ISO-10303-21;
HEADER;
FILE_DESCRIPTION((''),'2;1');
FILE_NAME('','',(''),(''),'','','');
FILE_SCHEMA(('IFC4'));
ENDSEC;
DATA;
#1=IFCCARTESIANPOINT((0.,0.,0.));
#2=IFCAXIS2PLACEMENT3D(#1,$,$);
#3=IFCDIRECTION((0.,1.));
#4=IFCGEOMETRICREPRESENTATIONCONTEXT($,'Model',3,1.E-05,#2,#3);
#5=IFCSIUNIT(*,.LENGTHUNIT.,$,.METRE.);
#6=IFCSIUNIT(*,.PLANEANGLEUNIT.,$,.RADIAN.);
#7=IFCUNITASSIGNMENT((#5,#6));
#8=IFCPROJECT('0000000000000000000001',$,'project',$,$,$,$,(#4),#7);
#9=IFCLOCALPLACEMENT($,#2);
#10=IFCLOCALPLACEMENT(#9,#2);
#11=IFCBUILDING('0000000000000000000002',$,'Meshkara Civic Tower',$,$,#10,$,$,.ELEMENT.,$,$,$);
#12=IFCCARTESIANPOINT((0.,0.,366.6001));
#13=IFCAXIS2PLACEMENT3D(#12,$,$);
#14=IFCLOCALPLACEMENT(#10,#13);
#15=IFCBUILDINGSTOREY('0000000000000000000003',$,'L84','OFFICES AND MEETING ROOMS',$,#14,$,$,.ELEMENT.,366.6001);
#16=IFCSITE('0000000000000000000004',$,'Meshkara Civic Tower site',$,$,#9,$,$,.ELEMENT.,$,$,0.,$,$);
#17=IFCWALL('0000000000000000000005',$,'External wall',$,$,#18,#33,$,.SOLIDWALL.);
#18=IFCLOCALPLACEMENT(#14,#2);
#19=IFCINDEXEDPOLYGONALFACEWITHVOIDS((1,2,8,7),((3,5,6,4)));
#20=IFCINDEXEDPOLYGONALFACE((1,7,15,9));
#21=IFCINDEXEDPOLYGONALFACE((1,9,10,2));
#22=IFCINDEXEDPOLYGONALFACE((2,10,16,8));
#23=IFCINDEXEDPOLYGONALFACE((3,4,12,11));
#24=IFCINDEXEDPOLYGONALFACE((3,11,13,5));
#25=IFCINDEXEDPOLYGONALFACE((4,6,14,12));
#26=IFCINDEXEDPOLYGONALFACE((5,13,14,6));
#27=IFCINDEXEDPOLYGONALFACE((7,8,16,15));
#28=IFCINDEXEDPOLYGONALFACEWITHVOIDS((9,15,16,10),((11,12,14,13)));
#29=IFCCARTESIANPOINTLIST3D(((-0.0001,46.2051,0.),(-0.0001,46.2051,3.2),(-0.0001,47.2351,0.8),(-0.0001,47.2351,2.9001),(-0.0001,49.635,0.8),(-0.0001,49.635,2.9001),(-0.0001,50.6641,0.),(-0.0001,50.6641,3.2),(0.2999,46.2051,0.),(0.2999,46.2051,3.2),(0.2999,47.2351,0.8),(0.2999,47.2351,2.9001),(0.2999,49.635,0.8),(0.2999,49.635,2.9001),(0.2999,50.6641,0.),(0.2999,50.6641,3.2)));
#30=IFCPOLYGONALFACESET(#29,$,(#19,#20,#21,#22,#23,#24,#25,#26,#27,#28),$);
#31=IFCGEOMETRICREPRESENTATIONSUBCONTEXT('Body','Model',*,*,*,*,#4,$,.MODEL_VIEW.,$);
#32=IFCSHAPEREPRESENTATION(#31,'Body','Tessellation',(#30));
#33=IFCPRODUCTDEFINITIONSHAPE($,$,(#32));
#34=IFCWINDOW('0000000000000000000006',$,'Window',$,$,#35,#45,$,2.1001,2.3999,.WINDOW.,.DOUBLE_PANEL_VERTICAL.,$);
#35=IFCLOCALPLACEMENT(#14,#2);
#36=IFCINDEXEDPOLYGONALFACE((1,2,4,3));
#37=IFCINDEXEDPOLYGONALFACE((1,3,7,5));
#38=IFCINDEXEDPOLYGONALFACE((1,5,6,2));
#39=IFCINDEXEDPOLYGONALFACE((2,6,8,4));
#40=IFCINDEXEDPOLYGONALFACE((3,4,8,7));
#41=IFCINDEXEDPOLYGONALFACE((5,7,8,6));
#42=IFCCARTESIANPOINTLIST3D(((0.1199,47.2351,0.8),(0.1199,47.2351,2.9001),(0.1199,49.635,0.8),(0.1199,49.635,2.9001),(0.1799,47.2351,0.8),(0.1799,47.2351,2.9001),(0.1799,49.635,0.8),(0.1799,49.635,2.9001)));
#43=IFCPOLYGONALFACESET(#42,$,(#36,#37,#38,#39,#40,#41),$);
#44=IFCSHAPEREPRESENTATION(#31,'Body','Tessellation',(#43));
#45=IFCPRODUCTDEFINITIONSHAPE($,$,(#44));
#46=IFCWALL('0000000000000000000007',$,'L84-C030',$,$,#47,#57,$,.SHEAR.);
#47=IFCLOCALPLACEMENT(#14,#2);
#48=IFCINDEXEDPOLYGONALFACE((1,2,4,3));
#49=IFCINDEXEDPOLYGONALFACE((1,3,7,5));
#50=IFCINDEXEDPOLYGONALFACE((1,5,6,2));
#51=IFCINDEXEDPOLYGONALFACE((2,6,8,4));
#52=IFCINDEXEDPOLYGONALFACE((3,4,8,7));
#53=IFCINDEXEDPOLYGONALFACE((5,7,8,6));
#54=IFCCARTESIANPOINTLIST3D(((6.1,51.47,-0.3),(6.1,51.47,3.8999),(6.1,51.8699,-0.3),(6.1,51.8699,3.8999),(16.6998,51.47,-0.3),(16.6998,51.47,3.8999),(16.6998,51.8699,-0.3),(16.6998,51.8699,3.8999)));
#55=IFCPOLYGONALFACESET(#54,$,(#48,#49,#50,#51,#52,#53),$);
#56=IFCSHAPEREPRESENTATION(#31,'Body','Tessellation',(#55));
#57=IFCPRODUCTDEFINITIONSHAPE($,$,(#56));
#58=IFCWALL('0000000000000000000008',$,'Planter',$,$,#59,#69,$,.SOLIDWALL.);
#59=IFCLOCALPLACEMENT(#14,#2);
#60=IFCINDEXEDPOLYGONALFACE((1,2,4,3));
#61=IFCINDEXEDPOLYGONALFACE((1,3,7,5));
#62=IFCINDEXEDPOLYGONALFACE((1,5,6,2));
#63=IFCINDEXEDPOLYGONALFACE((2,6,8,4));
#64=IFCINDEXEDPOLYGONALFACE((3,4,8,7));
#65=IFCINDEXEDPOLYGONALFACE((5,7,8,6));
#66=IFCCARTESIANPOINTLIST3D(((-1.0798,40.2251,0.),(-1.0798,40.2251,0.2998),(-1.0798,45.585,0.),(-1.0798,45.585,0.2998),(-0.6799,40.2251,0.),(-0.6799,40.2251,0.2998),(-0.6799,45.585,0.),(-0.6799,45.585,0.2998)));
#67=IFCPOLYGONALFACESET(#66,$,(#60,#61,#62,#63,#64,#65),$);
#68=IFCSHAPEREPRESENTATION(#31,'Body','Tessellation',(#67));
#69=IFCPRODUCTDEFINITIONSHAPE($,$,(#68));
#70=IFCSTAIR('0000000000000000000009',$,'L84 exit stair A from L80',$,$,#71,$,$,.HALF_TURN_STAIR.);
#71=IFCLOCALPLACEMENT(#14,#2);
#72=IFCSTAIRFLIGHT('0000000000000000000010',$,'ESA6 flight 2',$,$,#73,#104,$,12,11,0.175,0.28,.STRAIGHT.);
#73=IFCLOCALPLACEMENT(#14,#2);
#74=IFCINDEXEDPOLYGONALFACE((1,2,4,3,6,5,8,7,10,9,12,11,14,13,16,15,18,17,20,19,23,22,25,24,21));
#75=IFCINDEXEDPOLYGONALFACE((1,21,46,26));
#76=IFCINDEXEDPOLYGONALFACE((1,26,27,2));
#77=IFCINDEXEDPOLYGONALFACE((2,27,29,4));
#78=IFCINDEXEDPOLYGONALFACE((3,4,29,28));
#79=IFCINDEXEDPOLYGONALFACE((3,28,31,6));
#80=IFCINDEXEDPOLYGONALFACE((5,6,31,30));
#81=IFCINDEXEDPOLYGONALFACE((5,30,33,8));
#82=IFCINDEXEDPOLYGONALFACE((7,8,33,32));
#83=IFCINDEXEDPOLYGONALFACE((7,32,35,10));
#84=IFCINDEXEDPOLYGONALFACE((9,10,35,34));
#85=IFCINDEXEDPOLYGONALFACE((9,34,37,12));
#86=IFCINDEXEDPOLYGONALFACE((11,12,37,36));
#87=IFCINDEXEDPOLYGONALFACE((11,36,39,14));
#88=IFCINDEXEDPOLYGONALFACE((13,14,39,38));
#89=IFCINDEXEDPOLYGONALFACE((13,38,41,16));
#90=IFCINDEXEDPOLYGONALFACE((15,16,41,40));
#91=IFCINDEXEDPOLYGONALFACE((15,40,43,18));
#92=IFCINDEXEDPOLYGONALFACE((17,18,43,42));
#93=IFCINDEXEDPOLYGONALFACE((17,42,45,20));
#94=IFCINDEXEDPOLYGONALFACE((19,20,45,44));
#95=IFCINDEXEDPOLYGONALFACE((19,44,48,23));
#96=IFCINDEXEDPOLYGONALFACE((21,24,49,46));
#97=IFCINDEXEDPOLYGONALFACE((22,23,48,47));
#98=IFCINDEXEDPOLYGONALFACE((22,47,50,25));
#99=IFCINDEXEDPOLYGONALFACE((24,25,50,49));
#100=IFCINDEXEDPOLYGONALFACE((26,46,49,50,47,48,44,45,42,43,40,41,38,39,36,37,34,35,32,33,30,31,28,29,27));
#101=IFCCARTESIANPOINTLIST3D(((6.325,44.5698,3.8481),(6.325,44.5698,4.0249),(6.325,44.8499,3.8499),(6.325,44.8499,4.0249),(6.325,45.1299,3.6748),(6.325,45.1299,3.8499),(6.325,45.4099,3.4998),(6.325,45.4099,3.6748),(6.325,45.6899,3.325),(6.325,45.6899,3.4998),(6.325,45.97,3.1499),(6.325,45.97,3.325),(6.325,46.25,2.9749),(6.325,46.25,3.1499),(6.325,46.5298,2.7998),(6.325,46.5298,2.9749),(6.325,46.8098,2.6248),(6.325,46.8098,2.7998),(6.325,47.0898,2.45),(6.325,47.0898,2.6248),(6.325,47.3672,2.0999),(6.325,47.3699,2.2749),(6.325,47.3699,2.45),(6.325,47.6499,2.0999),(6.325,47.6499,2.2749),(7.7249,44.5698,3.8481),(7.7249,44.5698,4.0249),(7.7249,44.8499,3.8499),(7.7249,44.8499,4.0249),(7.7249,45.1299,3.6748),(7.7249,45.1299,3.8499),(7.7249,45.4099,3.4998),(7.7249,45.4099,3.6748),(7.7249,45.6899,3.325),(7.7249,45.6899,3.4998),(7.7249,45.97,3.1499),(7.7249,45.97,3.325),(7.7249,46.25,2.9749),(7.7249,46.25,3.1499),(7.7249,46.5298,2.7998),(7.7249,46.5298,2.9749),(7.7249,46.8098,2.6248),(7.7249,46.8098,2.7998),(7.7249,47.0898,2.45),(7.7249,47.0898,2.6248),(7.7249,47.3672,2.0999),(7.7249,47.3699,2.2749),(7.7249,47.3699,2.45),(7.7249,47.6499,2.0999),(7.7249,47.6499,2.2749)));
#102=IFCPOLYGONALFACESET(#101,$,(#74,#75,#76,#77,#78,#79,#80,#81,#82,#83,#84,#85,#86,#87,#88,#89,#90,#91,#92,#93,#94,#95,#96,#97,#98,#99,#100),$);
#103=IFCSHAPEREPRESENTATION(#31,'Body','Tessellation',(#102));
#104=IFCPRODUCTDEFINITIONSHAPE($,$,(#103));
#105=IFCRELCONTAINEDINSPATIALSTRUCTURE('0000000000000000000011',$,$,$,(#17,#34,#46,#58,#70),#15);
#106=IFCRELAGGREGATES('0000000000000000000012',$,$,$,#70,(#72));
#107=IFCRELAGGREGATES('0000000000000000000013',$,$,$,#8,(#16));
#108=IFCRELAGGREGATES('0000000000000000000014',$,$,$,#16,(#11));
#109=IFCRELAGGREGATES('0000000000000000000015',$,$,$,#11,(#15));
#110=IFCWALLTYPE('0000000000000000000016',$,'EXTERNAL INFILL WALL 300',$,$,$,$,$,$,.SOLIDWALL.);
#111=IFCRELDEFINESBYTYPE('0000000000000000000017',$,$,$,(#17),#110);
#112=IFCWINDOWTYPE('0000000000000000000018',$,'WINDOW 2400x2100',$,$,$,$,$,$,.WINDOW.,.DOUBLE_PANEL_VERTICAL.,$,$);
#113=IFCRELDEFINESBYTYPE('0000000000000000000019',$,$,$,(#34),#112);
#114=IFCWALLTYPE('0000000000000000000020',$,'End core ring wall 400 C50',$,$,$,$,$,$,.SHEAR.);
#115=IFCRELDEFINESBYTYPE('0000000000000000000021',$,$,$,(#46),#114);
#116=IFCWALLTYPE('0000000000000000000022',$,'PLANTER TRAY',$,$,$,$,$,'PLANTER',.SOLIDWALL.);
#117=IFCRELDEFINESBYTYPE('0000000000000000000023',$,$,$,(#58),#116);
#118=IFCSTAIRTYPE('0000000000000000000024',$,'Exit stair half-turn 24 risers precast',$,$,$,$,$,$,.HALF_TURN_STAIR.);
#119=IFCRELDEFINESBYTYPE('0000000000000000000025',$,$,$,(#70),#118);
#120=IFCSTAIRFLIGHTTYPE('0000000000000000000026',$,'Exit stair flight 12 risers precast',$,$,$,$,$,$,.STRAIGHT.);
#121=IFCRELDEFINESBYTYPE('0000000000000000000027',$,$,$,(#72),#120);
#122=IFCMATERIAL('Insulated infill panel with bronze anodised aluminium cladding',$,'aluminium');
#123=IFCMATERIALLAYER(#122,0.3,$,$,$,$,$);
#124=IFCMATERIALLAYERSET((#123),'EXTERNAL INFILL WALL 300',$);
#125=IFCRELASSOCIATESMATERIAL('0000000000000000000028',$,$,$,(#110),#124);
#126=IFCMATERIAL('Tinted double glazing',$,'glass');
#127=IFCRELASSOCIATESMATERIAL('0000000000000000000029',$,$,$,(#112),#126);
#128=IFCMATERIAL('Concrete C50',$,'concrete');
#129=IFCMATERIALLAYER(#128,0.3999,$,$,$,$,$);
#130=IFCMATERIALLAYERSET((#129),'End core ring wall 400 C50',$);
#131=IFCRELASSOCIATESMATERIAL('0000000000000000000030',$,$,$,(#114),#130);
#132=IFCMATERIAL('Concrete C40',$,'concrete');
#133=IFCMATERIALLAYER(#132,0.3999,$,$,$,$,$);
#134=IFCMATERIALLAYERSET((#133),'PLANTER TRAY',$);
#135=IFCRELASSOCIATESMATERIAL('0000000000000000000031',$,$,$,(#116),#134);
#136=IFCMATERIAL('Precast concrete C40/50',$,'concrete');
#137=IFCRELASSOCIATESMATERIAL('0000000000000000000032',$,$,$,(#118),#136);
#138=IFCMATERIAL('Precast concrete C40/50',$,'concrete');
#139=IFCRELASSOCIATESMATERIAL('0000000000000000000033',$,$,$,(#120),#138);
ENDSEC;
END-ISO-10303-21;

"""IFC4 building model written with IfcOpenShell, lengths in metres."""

from ifc_helpers import new_model, si_unit, direction, frame, frame_2d, origin, place, context, subcontext, project, spatial, polyline, rectangle, outline, extrude, material, layer, layer_set, type_object, element, fill, aggregate, save


model = new_model("IFC4")

# Units and contexts
model_context = context("Model", 3, precision=1e-05, world=origin(), true_north=direction((0.0, 1.0)))
body_context = subcontext(model_context, "Body", "Model", "MODEL_VIEW")
ifc_project = project(units=[si_unit("LENGTHUNIT", "METRE"), si_unit("PLANEANGLEUNIT", "RADIAN")], contexts=[model_context])

# Site, building, storey
site_placement = place(None, origin())
site = spatial("IfcSite", under=ifc_project, at=site_placement, Name="Meshkara Civic Tower site", CompositionType="ELEMENT", RefElevation=0.0)
building_placement = place(site_placement, origin())
building = spatial("IfcBuilding", under=site, at=building_placement, Name="Meshkara Civic Tower", CompositionType="ELEMENT")
storey_placement = place(building_placement, frame((0.0, 0.0, 366.6001)))
storey = spatial("IfcBuildingStorey", under=building, at=storey_placement, Name="L84", Description="OFFICES AND MEETING ROOMS", CompositionType="ELEMENT", Elevation=366.6001)

# Wall, opening, window
ifc_material_1 = material(Name="Insulated infill panel with bronze anodised aluminium cladding", Category="aluminium")
ifc_layer_1 = layer(ifc_material_1, 0.3)
ifc_layer_set_1 = layer_set([ifc_layer_1], Name="EXTERNAL INFILL WALL 300")
wall_type_1 = type_object("IfcWallType", Name="EXTERNAL INFILL WALL 300", PredefinedType="SOLIDWALL", material=ifc_layer_set_1)
ifc_material_2 = material(Name="Tinted double glazing", Category="glass")
window_type = type_object("IfcWindowType", Name="WINDOW 2400x2100", PartitioningType="DOUBLE_PANEL_VERTICAL", PredefinedType="WINDOW", material=ifc_material_2)
wall_1_placement = place(storey_placement, frame((0.1499, 50.6641, 0.0), z_axis=(0.0, 0.0, 1.0), x_axis=(0.0, -1.0, 0.0)))
wall_1 = element("IfcWall", 1, at=wall_1_placement, inside=storey, type_object=wall_type_1, Name="External wall", PredefinedType="SOLIDWALL", context=body_context, shape_type="SweptSolid", body=[
    extrude(rectangle(XDim=4.459, YDim=0.3, at=frame_2d((2.2295, 0.0))), origin(), (0.0, 0.0, 1.0), 3.2),
])
opening_1_placement = place(wall_1_placement, frame((1.0291, 0.0, 0.8)))
opening_1 = element("IfcOpeningElement", 2, at=opening_1_placement, cuts=wall_1, PredefinedType="OPENING", context=body_context, shape_type="SweptSolid", body=[
    extrude(rectangle(XDim=2.3999, YDim=2.1001, at=frame_2d((1.2, 1.05))), frame((0.0, 0.1599, 0.0), z_axis=(0.0, -1.0, 0.0), x_axis=(1.0, 0.0, 0.0)), (0.0, 0.0, 1.0), 0.3201),
])
window_1_placement = place(opening_1_placement, origin())
window_1 = element("IfcWindow", 3, at=window_1_placement, inside=storey, type_object=window_type, Name="Window", OverallHeight=2.1001, OverallWidth=2.3999, PartitioningType="DOUBLE_PANEL_VERTICAL", PredefinedType="WINDOW", context=body_context, shape_type="SweptSolid", body=[
    extrude(rectangle(XDim=2.3999, YDim=2.1001, at=frame_2d((1.2, 1.05))), frame((0.0, 0.03, 0.0), z_axis=(0.0, -1.0, 0.0), x_axis=(1.0, 0.0, 0.0)), (0.0, 0.0, 1.0), 0.0601),
])
fill(opening_1, window_1)

# Wall
ifc_material_3 = material(Name="Concrete C50", Category="concrete")
ifc_layer_2 = layer(ifc_material_3, 0.3999)
ifc_layer_set_2 = layer_set([ifc_layer_2], Name="End core ring wall 400 C50")
wall_type_2 = type_object("IfcWallType", Name="End core ring wall 400 C50", PredefinedType="SHEAR", material=ifc_layer_set_2)
wall_2_placement = place(storey_placement, frame((6.1001, 51.6699, -0.3), z_axis=(0.0, 0.0, 1.0), x_axis=(1.0, 0.0, 0.0)))
element("IfcWall", 4, at=wall_2_placement, inside=storey, type_object=wall_type_2, Name="L84-C030", PredefinedType="SHEAR", context=body_context, shape_type="SweptSolid", body=[
    extrude(rectangle(XDim=10.5999, YDim=0.3999, at=frame_2d((5.2998, 0.0))), origin(), (0.0, 0.0, 1.0), 4.2),
])

# Wall
ifc_material_4 = material(Name="Concrete C40", Category="concrete")
ifc_layer_3 = layer(ifc_material_4, 0.3999)
ifc_layer_set_3 = layer_set([ifc_layer_3], Name="PLANTER TRAY")
wall_type_3 = type_object("IfcWallType", Name="PLANTER TRAY", ElementType="PLANTER", PredefinedType="SOLIDWALL", material=ifc_layer_set_3)
wall_3_placement = place(storey_placement, frame((-0.8799, 45.585, 0.0), z_axis=(0.0, 0.0, 1.0), x_axis=(0.0, -1.0, 0.0)))
element("IfcWall", 5, at=wall_3_placement, inside=storey, type_object=wall_type_3, Name="Planter", PredefinedType="SOLIDWALL", context=body_context, shape_type="SweptSolid", body=[
    extrude(rectangle(XDim=5.3599, YDim=0.3999, at=frame_2d((2.6799, 0.0))), origin(), (0.0, 0.0, 1.0), 0.2998),
])

# Stair, stair flight
ifc_material_5 = material(Name="Precast concrete C40/50", Category="concrete")
stair_type = type_object("IfcStairType", Name="Exit stair half-turn 24 risers precast", PredefinedType="HALF_TURN_STAIR", material=ifc_material_5)
stair_placement = place(storey_placement, origin())
stair = element("IfcStair", 6, at=stair_placement, inside=storey, type_object=stair_type, Name="L84 exit stair A from L80", PredefinedType="HALF_TURN_STAIR")
ifc_material_6 = material(Name="Precast concrete C40/50", Category="concrete")
stair_flight_type = type_object("IfcStairFlightType", Name="Exit stair flight 12 risers precast", PredefinedType="STRAIGHT", material=ifc_material_6)
stair_flight_placement = place(storey_placement, frame((7.0249, 47.6499, 2.0999), z_axis=(0.0, 0.0, 1.0), x_axis=(0.0, -1.0, 0.0)))
stair_flight = element("IfcStairFlight", 7, at=stair_flight_placement, type_object=stair_flight_type, Name="ESA6 flight 2", NumberOfRisers=12, NumberOfTreads=11, PredefinedType="STRAIGHT", RiserHeight=0.175, TreadLength=0.28, context=body_context, shape_type="SweptSolid", body=[
    extrude(outline(polyline([(0.0, 0.0), (0.0, 0.175), (0.28, 0.175), (0.28, 0.3501), (0.5601, 0.3501), (0.5601, 0.5249), (0.8401, 0.5249), (0.8401, 0.7), (1.1201, 0.7), (1.1201, 0.875), (1.3999, 0.875), (1.3999, 1.05), (1.6799, 1.05), (1.6799, 1.2251), (1.96, 1.2251), (1.96, 1.3999), (2.24, 1.3999), (2.24, 1.575), (2.52, 1.575), (2.52, 1.75), (2.8, 1.75), (2.8, 1.925), (3.0801, 1.925), (3.0801, 2.1001), (3.0801, 1.7483), (0.2827, 0.0), (0.0, 0.0)])), frame((0.0, 0.7, 0.0), z_axis=(0.0, -1.0, 0.0), x_axis=(1.0, 0.0, 0.0)), (0.0, 0.0, 1.0), 1.3999),
])
aggregate(stair, [stair_flight])

save(model, "model.ifc")
